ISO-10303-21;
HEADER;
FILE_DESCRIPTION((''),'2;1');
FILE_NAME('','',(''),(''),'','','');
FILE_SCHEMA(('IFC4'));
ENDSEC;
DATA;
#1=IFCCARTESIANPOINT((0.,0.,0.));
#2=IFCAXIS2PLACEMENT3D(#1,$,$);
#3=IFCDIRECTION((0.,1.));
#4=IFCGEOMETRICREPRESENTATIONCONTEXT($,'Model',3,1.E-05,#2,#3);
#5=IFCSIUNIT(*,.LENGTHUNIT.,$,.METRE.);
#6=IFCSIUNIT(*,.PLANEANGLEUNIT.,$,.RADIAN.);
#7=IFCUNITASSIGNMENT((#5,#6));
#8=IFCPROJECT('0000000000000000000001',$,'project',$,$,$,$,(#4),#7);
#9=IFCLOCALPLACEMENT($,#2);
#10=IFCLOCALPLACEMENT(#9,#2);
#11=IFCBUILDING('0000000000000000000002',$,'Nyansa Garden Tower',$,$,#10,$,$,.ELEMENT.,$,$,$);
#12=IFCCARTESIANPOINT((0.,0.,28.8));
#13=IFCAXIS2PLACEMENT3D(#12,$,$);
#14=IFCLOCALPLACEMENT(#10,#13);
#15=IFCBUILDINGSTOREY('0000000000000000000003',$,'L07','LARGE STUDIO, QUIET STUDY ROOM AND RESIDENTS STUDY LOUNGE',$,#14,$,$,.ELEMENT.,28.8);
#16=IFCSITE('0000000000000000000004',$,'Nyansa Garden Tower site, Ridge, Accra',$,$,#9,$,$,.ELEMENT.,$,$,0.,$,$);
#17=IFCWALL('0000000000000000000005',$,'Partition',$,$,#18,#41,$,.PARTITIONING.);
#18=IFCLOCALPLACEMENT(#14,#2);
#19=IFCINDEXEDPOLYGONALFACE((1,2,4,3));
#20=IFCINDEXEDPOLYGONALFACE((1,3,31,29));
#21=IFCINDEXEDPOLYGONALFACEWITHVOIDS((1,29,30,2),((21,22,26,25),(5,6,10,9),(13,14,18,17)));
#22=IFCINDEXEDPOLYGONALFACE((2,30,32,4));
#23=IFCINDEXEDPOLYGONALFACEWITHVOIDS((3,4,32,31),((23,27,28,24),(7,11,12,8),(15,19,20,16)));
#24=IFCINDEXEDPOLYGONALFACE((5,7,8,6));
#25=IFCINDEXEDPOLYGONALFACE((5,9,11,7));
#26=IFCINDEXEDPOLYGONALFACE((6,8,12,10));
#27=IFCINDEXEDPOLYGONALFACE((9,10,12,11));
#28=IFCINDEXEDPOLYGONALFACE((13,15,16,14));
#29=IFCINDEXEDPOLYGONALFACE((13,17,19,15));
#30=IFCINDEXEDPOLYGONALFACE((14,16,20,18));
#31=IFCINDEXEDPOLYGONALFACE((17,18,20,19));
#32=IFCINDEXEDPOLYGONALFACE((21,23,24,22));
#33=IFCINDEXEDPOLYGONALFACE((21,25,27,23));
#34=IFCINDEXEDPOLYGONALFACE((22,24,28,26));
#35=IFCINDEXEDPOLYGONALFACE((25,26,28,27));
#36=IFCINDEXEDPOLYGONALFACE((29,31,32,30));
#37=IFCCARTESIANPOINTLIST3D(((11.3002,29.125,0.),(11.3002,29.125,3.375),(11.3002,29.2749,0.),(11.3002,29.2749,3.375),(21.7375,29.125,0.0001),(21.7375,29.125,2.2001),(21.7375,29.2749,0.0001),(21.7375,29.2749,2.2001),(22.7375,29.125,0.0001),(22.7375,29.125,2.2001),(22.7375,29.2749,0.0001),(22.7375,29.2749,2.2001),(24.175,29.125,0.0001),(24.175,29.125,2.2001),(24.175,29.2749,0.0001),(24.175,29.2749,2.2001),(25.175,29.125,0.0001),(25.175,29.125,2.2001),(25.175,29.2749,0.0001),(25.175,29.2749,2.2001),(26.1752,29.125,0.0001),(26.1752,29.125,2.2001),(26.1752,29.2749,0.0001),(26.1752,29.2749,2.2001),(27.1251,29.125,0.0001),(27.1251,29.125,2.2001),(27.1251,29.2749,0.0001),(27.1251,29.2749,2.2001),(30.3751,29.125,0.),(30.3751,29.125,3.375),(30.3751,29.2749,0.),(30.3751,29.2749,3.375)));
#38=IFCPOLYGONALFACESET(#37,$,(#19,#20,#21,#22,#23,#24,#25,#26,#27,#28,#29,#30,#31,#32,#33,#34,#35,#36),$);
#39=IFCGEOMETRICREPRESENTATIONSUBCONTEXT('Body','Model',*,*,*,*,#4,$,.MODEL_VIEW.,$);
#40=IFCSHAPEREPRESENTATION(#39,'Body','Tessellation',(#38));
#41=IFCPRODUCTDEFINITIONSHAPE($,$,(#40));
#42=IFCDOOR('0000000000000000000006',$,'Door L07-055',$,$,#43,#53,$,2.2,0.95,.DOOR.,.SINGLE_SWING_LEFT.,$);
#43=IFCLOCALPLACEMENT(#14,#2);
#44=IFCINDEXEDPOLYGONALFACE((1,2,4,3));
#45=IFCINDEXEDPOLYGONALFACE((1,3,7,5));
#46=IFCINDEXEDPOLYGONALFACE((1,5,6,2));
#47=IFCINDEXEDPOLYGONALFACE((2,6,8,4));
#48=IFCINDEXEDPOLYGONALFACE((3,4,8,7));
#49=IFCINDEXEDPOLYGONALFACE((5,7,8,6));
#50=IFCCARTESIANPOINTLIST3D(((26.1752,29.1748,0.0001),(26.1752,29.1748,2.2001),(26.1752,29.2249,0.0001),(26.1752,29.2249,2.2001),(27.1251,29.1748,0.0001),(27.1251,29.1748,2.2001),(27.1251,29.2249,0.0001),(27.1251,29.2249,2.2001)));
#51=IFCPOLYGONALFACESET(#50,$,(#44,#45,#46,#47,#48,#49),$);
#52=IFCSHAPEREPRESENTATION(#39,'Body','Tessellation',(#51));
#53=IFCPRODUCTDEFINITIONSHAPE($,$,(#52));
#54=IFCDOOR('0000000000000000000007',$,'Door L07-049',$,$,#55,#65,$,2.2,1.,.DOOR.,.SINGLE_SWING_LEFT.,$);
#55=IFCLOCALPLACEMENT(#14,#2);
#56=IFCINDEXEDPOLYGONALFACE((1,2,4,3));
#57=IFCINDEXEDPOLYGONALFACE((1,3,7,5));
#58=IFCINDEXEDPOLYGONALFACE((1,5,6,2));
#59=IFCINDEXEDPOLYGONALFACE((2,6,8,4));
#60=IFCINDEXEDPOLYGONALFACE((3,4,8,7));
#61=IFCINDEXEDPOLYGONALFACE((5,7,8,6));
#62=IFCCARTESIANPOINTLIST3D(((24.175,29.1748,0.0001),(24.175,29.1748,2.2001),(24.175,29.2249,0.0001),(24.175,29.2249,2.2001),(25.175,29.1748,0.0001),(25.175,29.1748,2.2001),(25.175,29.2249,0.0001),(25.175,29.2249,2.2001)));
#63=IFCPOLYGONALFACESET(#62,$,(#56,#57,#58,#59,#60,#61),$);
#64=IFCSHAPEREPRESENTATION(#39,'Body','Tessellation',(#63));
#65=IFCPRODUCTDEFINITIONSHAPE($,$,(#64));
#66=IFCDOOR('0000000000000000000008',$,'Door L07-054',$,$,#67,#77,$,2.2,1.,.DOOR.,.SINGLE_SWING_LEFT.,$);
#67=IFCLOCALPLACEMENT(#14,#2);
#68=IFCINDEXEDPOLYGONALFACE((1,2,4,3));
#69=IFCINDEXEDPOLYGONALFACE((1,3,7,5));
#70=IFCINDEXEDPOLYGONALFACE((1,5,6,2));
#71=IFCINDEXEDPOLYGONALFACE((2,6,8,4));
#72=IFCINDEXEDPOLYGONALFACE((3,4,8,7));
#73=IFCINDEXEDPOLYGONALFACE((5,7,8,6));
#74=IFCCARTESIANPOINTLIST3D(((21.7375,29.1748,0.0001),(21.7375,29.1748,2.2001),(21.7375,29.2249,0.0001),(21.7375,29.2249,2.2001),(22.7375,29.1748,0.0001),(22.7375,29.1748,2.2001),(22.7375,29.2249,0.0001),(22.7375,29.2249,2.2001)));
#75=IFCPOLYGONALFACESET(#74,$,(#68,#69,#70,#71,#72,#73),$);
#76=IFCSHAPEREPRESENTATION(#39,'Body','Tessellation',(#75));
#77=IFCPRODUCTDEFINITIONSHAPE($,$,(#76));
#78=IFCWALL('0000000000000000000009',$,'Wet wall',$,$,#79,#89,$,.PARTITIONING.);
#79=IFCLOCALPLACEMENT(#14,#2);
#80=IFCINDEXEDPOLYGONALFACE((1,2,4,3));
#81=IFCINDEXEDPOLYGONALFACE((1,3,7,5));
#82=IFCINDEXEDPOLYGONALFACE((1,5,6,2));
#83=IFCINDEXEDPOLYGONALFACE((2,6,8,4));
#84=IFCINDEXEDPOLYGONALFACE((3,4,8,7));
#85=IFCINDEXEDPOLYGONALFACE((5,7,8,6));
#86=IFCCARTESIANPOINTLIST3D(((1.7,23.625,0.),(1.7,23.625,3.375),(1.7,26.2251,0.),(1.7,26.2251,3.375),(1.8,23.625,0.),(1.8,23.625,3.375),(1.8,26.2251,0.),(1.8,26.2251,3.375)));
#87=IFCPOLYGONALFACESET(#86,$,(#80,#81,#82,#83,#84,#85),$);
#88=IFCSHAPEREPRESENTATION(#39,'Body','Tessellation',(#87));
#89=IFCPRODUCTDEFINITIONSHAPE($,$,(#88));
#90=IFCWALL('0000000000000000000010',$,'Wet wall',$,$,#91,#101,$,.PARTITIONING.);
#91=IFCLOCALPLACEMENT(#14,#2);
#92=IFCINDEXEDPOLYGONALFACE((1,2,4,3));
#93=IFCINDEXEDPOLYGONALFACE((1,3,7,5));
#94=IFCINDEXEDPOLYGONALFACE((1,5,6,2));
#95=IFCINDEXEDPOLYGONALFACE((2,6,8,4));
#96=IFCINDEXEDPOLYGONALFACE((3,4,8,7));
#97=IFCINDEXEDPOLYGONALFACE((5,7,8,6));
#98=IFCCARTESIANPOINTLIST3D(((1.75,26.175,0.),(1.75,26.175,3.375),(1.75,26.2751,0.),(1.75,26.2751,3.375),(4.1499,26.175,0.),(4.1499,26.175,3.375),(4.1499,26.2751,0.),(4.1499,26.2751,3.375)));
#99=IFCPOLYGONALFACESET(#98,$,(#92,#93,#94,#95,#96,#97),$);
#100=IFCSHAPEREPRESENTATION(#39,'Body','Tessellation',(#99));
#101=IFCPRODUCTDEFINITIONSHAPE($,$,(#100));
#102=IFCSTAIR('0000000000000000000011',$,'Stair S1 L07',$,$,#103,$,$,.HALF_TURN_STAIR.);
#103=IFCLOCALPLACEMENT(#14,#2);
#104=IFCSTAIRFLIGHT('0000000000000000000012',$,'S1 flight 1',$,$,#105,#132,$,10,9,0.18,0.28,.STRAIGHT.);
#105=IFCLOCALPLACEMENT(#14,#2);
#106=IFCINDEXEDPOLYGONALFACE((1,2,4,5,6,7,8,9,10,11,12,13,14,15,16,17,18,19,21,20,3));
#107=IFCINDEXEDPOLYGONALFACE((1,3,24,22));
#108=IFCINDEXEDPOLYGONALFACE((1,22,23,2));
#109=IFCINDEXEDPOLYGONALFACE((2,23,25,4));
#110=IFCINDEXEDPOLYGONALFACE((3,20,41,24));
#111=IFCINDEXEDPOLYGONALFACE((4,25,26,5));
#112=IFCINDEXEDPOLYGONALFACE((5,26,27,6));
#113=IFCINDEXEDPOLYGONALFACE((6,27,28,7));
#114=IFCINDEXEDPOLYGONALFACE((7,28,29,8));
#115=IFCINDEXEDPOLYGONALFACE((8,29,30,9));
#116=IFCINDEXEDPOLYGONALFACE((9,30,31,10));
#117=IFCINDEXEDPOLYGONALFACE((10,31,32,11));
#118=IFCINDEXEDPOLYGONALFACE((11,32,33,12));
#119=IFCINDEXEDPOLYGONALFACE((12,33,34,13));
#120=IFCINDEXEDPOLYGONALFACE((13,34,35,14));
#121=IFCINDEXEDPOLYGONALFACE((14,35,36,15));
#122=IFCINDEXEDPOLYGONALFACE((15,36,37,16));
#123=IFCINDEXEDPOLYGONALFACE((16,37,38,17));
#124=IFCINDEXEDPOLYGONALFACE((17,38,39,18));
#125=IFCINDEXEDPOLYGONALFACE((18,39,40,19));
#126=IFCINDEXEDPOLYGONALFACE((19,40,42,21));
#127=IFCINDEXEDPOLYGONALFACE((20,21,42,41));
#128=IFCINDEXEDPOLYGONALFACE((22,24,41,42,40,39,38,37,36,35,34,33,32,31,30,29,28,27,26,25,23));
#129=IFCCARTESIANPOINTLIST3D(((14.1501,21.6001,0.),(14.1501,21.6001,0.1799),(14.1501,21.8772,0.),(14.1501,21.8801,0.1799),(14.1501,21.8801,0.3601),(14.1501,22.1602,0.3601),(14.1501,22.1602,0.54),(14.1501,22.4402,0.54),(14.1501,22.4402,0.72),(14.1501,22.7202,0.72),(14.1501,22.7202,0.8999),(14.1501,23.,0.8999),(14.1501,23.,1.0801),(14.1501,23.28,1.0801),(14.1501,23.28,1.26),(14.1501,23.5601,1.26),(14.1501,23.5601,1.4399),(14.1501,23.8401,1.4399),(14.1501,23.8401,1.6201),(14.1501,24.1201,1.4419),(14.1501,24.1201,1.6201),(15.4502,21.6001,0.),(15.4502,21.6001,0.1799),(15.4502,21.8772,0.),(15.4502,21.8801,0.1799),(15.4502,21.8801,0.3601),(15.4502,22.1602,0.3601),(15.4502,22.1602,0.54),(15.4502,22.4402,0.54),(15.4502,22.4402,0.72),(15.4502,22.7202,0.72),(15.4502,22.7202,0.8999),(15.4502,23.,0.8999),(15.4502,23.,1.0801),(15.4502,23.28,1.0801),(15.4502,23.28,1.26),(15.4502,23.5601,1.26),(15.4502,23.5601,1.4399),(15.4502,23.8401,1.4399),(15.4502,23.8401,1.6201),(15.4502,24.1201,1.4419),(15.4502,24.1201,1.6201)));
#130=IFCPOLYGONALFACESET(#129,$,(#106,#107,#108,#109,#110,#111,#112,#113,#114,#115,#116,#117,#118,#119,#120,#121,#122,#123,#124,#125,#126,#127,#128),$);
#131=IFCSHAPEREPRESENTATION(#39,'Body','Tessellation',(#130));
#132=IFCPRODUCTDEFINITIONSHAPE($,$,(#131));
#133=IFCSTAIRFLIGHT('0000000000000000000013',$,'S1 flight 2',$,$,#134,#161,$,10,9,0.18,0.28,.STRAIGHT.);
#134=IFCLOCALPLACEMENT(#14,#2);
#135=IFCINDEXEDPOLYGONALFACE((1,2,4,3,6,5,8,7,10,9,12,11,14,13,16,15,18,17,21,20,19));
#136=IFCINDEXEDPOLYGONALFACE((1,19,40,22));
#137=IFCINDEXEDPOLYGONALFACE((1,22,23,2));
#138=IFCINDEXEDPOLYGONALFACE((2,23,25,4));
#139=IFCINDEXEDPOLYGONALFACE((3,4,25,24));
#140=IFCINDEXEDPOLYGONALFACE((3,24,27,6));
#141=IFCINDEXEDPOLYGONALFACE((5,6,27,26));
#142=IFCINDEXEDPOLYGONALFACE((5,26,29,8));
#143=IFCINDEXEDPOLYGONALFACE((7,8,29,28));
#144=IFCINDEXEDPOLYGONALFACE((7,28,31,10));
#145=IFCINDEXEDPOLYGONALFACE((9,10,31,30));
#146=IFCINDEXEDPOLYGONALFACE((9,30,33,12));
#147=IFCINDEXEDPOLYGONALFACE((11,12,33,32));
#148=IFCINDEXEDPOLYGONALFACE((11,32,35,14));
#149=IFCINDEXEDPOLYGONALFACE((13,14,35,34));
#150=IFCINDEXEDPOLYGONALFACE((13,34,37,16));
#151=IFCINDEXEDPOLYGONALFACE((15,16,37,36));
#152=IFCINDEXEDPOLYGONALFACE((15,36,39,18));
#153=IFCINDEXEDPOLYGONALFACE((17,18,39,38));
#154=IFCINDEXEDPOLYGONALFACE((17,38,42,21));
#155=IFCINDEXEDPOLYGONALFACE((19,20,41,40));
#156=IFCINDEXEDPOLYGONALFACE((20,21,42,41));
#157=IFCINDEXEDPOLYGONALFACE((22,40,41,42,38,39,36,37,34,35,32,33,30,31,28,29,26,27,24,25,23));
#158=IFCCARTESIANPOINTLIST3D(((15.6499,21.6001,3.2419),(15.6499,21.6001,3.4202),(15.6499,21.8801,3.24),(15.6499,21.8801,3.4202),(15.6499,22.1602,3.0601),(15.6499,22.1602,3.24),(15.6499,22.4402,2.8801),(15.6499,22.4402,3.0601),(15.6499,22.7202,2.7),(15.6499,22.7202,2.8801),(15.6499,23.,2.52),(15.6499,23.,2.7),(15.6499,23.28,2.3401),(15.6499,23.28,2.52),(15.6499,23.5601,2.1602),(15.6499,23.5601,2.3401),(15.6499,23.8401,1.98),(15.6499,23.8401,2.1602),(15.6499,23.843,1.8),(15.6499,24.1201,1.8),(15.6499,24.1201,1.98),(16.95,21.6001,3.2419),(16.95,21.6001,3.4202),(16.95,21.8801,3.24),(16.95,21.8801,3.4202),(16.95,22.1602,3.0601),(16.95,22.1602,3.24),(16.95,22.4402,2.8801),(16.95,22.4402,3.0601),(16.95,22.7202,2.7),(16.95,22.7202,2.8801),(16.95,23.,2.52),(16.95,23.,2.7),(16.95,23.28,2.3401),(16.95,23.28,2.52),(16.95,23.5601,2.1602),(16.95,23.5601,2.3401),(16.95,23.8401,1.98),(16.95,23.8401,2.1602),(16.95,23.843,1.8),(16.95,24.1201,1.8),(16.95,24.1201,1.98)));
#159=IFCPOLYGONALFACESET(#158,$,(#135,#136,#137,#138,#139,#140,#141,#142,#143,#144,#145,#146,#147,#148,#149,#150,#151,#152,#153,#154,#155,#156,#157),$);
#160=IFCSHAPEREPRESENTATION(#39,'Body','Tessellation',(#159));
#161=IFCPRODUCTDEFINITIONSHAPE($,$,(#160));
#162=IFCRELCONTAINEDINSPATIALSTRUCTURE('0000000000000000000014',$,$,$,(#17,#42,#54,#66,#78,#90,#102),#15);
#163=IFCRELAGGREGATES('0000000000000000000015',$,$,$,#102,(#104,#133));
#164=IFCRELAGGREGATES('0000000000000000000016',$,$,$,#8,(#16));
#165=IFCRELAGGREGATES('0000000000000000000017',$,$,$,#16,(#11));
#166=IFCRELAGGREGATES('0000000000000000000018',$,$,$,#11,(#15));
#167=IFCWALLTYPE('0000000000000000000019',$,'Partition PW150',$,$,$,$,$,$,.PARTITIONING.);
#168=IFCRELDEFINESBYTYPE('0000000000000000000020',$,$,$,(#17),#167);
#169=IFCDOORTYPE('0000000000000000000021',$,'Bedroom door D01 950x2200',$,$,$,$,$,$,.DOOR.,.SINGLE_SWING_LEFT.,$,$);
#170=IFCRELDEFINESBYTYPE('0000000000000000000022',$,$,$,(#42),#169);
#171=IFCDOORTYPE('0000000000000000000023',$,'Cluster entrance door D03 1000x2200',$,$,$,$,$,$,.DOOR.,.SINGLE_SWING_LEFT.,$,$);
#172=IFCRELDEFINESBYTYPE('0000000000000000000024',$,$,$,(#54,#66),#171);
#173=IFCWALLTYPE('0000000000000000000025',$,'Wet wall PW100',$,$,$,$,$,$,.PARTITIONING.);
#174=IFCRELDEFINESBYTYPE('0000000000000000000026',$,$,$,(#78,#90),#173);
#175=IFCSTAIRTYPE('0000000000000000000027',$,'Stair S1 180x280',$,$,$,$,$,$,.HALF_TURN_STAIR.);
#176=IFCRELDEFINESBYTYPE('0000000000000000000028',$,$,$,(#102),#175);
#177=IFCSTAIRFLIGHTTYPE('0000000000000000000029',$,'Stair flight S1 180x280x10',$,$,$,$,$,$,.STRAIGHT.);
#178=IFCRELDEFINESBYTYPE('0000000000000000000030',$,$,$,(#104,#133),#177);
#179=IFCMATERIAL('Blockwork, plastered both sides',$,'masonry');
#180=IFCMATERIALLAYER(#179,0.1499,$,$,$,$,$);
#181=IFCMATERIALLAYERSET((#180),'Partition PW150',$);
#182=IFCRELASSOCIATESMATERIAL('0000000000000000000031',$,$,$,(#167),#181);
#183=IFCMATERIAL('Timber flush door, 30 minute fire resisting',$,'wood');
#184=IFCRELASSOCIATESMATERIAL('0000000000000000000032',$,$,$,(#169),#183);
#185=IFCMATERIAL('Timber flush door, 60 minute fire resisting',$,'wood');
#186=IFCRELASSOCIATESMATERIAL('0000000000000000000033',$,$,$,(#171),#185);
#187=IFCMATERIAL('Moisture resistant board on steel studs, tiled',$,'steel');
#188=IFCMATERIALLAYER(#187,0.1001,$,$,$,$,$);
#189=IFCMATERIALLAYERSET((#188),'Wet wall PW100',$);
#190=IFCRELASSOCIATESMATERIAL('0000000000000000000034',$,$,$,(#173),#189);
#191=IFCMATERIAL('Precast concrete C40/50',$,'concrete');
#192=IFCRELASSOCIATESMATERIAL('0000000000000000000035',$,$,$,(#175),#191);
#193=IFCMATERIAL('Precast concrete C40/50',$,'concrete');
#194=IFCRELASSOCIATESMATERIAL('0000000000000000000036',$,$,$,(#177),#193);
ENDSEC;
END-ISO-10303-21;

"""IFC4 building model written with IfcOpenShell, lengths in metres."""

from ifc_helpers import new_model, si_unit, direction, frame, frame_2d, origin, place, context, subcontext, project, spatial, polyline, rectangle, outline, extrude, material, layer, layer_set, type_object, element, fill, aggregate, save


model = new_model("IFC4")

# Units and contexts
model_context = context("Model", 3, precision=1e-05, world=origin(), true_north=direction((0.0, 1.0)))
body_context = subcontext(model_context, "Body", "Model", "MODEL_VIEW")
ifc_project = project(units=[si_unit("LENGTHUNIT", "METRE"), si_unit("PLANEANGLEUNIT", "RADIAN")], contexts=[model_context])

# Site, building, storey
site_placement = place(None, origin())
site = spatial("IfcSite", under=ifc_project, at=site_placement, Name="Nyansa Garden Tower site, Ridge, Accra", CompositionType="ELEMENT", RefElevation=0.0)
building_placement = place(site_placement, origin())
building = spatial("IfcBuilding", under=site, at=building_placement, Name="Nyansa Garden Tower", CompositionType="ELEMENT")
storey_placement = place(building_placement, frame((0.0, 0.0, 28.8)))
storey = spatial("IfcBuildingStorey", under=building, at=storey_placement, Name="L07", Description="LARGE STUDIO, QUIET STUDY ROOM AND RESIDENTS STUDY LOUNGE", CompositionType="ELEMENT", Elevation=28.8)

# Shared definitions
ifc_material_1 = material(Name="Blockwork, plastered both sides", Category="masonry")
ifc_layer_1 = layer(ifc_material_1, 0.1499)
ifc_layer_set_1 = layer_set([ifc_layer_1], Name="Partition PW150")
wall_type_1 = type_object("IfcWallType", Name="Partition PW150", PredefinedType="PARTITIONING", material=ifc_layer_set_1)

# Shared definitions
ifc_material_2 = material(Name="Timber flush door, 30 minute fire resisting", Category="wood")
door_type_1 = type_object("IfcDoorType", Name="Bedroom door D01 950x2200", OperationType="SINGLE_SWING_LEFT", PredefinedType="DOOR", material=ifc_material_2)

# Wall, openings, doors
wall_1_placement = place(storey_placement, frame((11.3, 29.2, 0.0), z_axis=(0.0, 0.0, 1.0), x_axis=(1.0, 0.0, 0.0)))
wall_1 = element("IfcWall", 1, at=wall_1_placement, inside=storey, type_object=wall_type_1, Name="Partition", PredefinedType="PARTITIONING", context=body_context, shape_type="SweptSolid", body=[
    extrude(rectangle(XDim=19.075, YDim=0.1499, at=frame_2d((9.5376, 0.0))), origin(), (0.0, 0.0, 1.0), 3.375),
])
opening_1_placement = place(wall_1_placement, frame((12.875, 0.0, 0.0)))
opening_1 = element("IfcOpeningElement", 2, at=opening_1_placement, cuts=wall_1, PredefinedType="OPENING", context=body_context, shape_type="SweptSolid", body=[
    extrude(rectangle(XDim=1.0, YDim=2.2, at=frame_2d((0.5, 1.1001))), frame((0.0, 0.085, 0.0), z_axis=(0.0, -1.0, 0.0), x_axis=(1.0, 0.0, 0.0)), (0.0, 0.0, 1.0), 0.1699),
])
opening_2_placement = place(wall_1_placement, frame((10.4375, 0.0, 0.0)))
opening_2 = element("IfcOpeningElement", 3, at=opening_2_placement, cuts=wall_1, PredefinedType="OPENING", context=body_context, shape_type="SweptSolid", body=[
    extrude(rectangle(XDim=1.0, YDim=2.2, at=frame_2d((0.5, 1.1001))), frame((0.0, 0.085, 0.0), z_axis=(0.0, -1.0, 0.0), x_axis=(1.0, 0.0, 0.0)), (0.0, 0.0, 1.0), 0.1699),
])
opening_3_placement = place(wall_1_placement, frame((14.875, 0.0, 0.0)))
opening_3 = element("IfcOpeningElement", 4, at=opening_3_placement, cuts=wall_1, PredefinedType="OPENING", context=body_context, shape_type="SweptSolid", body=[
    extrude(rectangle(XDim=0.95, YDim=2.2, at=frame_2d((0.4751, 1.1001))), frame((0.0, 0.085, 0.0), z_axis=(0.0, -1.0, 0.0), x_axis=(1.0, 0.0, 0.0)), (0.0, 0.0, 1.0), 0.1699),
])
door_1_placement = place(opening_3_placement, origin())
door_1 = element("IfcDoor", 5, at=door_1_placement, inside=storey, type_object=door_type_1, Name="Door L07-055", OperationType="SINGLE_SWING_LEFT", OverallHeight=2.2, OverallWidth=0.95, PredefinedType="DOOR", context=body_context, shape_type="SweptSolid", body=[
    extrude(rectangle(XDim=0.95, YDim=2.2, at=frame_2d((0.4751, 1.1001))), frame((0.0, 0.0249, 0.0), z_axis=(0.0, -1.0, 0.0), x_axis=(1.0, 0.0, 0.0)), (0.0, 0.0, 1.0), 0.05),
])
fill(opening_3, door_1)
ifc_material_3 = material(Name="Timber flush door, 60 minute fire resisting", Category="wood")
door_type_2 = type_object("IfcDoorType", Name="Cluster entrance door D03 1000x2200", OperationType="SINGLE_SWING_LEFT", PredefinedType="DOOR", material=ifc_material_3)
door_2_placement = place(opening_1_placement, origin())
door_2 = element("IfcDoor", 6, at=door_2_placement, inside=storey, type_object=door_type_2, Name="Door L07-049", OperationType="SINGLE_SWING_LEFT", OverallHeight=2.2, OverallWidth=1.0, PredefinedType="DOOR", context=body_context, shape_type="SweptSolid", body=[
    extrude(rectangle(XDim=1.0, YDim=2.2, at=frame_2d((0.5, 1.1001))), frame((0.0, 0.0249, 0.0), z_axis=(0.0, -1.0, 0.0), x_axis=(1.0, 0.0, 0.0)), (0.0, 0.0, 1.0), 0.05),
])
fill(opening_1, door_2)
door_3_placement = place(opening_2_placement, origin())
door_3 = element("IfcDoor", 7, at=door_3_placement, inside=storey, type_object=door_type_2, Name="Door L07-054", OperationType="SINGLE_SWING_LEFT", OverallHeight=2.2, OverallWidth=1.0, PredefinedType="DOOR", context=body_context, shape_type="SweptSolid", body=[
    extrude(rectangle(XDim=1.0, YDim=2.2, at=frame_2d((0.5, 1.1001))), frame((0.0, 0.0249, 0.0), z_axis=(0.0, -1.0, 0.0), x_axis=(1.0, 0.0, 0.0)), (0.0, 0.0, 1.0), 0.05),
])
fill(opening_2, door_3)

# Walls
ifc_material_4 = material(Name="Moisture resistant board on steel studs, tiled", Category="steel")
ifc_layer_2 = layer(ifc_material_4, 0.1001)
ifc_layer_set_2 = layer_set([ifc_layer_2], Name="Wet wall PW100")
wall_type_2 = type_object("IfcWallType", Name="Wet wall PW100", PredefinedType="PARTITIONING", material=ifc_layer_set_2)
wall_2_placement = place(storey_placement, frame((1.75, 23.625, 0.0), z_axis=(0.0, 0.0, 1.0), x_axis=(0.0, 1.0, 0.0)))
element("IfcWall", 8, at=wall_2_placement, inside=storey, type_object=wall_type_2, Name="Wet wall", PredefinedType="PARTITIONING", context=body_context, shape_type="SweptSolid", body=[
    extrude(rectangle(XDim=2.6001, YDim=0.1001, at=frame_2d((1.3, 0.0))), origin(), (0.0, 0.0, 1.0), 3.375),
])
wall_3_placement = place(storey_placement, frame((1.75, 26.2251, 0.0), z_axis=(0.0, 0.0, 1.0), x_axis=(1.0, 0.0, 0.0)))
element("IfcWall", 9, at=wall_3_placement, inside=storey, type_object=wall_type_2, Name="Wet wall", PredefinedType="PARTITIONING", context=body_context, shape_type="SweptSolid", body=[
    extrude(rectangle(XDim=2.3999, YDim=0.1001, at=frame_2d((1.2, 0.0))), origin(), (0.0, 0.0, 1.0), 3.375),
])

# Stair, stair flights
ifc_material_5 = material(Name="Precast concrete C40/50", Category="concrete")
stair_type = type_object("IfcStairType", Name="Stair S1 180x280", PredefinedType="HALF_TURN_STAIR", material=ifc_material_5)
stair_placement = place(storey_placement, origin())
stair = element("IfcStair", 10, at=stair_placement, inside=storey, type_object=stair_type, Name="Stair S1 L07", PredefinedType="HALF_TURN_STAIR")
ifc_material_6 = material(Name="Precast concrete C40/50", Category="concrete")
stair_flight_type = type_object("IfcStairFlightType", Name="Stair flight S1 180x280x10", PredefinedType="STRAIGHT", material=ifc_material_6)
stair_flight_1_placement = place(storey_placement, frame((14.8, 21.6001, 0.0), z_axis=(0.0, 0.0, 1.0), x_axis=(0.0, 1.0, 0.0)))
stair_flight_1 = element("IfcStairFlight", 11, at=stair_flight_1_placement, type_object=stair_flight_type, Name="S1 flight 1", NumberOfRisers=10, NumberOfTreads=9, PredefinedType="STRAIGHT", RiserHeight=0.18, TreadLength=0.28, context=body_context, shape_type="SweptSolid", body=[
    extrude(outline(polyline([(0.0, 0.0), (0.0, 0.1799), (0.28, 0.1799), (0.28, 0.3601), (0.5601, 0.3601), (0.5601, 0.54), (0.8401, 0.54), (0.8401, 0.72), (1.1201, 0.72), (1.1201, 0.8999), (1.3999, 0.8999), (1.3999, 1.0801), (1.6799, 1.0801), (1.6799, 1.26), (1.96, 1.26), (1.96, 1.4399), (2.24, 1.4399), (2.24, 1.6201), (2.52, 1.6201), (2.52, 1.8), (2.52, 1.4419), (0.2771, 0.0), (0.0, 0.0)])), frame((0.0, 0.6499, 0.0), z_axis=(0.0, -1.0, 0.0), x_axis=(1.0, 0.0, 0.0)), (0.0, 0.0, 1.0), 1.3),
])
stair_flight_2_placement = place(storey_placement, frame((16.3, 24.1201, 1.8), z_axis=(0.0, 0.0, 1.0), x_axis=(0.0, -1.0, 0.0)))
stair_flight_2 = element("IfcStairFlight", 12, at=stair_flight_2_placement, type_object=stair_flight_type, Name="S1 flight 2", NumberOfRisers=10, NumberOfTreads=9, PredefinedType="STRAIGHT", RiserHeight=0.18, TreadLength=0.28, context=body_context, shape_type="SweptSolid", body=[
    extrude(outline(polyline([(0.0, 0.0), (0.0, 0.1799), (0.28, 0.1799), (0.28, 0.3601), (0.5601, 0.3601), (0.5601, 0.54), (0.8401, 0.54), (0.8401, 0.72), (1.1201, 0.72), (1.1201, 0.8999), (1.3999, 0.8999), (1.3999, 1.0801), (1.6799, 1.0801), (1.6799, 1.26), (1.96, 1.26), (1.96, 1.4399), (2.24, 1.4399), (2.24, 1.6201), (2.52, 1.6201), (2.52, 1.8), (2.52, 1.4419), (0.2771, 0.0), (0.0, 0.0)])), frame((0.0, 0.6499, 0.0), z_axis=(0.0, -1.0, 0.0), x_axis=(1.0, 0.0, 0.0)), (0.0, 0.0, 1.0), 1.3),
])
aggregate(stair, [stair_flight_1, stair_flight_2])

save(model, "model.ifc")
